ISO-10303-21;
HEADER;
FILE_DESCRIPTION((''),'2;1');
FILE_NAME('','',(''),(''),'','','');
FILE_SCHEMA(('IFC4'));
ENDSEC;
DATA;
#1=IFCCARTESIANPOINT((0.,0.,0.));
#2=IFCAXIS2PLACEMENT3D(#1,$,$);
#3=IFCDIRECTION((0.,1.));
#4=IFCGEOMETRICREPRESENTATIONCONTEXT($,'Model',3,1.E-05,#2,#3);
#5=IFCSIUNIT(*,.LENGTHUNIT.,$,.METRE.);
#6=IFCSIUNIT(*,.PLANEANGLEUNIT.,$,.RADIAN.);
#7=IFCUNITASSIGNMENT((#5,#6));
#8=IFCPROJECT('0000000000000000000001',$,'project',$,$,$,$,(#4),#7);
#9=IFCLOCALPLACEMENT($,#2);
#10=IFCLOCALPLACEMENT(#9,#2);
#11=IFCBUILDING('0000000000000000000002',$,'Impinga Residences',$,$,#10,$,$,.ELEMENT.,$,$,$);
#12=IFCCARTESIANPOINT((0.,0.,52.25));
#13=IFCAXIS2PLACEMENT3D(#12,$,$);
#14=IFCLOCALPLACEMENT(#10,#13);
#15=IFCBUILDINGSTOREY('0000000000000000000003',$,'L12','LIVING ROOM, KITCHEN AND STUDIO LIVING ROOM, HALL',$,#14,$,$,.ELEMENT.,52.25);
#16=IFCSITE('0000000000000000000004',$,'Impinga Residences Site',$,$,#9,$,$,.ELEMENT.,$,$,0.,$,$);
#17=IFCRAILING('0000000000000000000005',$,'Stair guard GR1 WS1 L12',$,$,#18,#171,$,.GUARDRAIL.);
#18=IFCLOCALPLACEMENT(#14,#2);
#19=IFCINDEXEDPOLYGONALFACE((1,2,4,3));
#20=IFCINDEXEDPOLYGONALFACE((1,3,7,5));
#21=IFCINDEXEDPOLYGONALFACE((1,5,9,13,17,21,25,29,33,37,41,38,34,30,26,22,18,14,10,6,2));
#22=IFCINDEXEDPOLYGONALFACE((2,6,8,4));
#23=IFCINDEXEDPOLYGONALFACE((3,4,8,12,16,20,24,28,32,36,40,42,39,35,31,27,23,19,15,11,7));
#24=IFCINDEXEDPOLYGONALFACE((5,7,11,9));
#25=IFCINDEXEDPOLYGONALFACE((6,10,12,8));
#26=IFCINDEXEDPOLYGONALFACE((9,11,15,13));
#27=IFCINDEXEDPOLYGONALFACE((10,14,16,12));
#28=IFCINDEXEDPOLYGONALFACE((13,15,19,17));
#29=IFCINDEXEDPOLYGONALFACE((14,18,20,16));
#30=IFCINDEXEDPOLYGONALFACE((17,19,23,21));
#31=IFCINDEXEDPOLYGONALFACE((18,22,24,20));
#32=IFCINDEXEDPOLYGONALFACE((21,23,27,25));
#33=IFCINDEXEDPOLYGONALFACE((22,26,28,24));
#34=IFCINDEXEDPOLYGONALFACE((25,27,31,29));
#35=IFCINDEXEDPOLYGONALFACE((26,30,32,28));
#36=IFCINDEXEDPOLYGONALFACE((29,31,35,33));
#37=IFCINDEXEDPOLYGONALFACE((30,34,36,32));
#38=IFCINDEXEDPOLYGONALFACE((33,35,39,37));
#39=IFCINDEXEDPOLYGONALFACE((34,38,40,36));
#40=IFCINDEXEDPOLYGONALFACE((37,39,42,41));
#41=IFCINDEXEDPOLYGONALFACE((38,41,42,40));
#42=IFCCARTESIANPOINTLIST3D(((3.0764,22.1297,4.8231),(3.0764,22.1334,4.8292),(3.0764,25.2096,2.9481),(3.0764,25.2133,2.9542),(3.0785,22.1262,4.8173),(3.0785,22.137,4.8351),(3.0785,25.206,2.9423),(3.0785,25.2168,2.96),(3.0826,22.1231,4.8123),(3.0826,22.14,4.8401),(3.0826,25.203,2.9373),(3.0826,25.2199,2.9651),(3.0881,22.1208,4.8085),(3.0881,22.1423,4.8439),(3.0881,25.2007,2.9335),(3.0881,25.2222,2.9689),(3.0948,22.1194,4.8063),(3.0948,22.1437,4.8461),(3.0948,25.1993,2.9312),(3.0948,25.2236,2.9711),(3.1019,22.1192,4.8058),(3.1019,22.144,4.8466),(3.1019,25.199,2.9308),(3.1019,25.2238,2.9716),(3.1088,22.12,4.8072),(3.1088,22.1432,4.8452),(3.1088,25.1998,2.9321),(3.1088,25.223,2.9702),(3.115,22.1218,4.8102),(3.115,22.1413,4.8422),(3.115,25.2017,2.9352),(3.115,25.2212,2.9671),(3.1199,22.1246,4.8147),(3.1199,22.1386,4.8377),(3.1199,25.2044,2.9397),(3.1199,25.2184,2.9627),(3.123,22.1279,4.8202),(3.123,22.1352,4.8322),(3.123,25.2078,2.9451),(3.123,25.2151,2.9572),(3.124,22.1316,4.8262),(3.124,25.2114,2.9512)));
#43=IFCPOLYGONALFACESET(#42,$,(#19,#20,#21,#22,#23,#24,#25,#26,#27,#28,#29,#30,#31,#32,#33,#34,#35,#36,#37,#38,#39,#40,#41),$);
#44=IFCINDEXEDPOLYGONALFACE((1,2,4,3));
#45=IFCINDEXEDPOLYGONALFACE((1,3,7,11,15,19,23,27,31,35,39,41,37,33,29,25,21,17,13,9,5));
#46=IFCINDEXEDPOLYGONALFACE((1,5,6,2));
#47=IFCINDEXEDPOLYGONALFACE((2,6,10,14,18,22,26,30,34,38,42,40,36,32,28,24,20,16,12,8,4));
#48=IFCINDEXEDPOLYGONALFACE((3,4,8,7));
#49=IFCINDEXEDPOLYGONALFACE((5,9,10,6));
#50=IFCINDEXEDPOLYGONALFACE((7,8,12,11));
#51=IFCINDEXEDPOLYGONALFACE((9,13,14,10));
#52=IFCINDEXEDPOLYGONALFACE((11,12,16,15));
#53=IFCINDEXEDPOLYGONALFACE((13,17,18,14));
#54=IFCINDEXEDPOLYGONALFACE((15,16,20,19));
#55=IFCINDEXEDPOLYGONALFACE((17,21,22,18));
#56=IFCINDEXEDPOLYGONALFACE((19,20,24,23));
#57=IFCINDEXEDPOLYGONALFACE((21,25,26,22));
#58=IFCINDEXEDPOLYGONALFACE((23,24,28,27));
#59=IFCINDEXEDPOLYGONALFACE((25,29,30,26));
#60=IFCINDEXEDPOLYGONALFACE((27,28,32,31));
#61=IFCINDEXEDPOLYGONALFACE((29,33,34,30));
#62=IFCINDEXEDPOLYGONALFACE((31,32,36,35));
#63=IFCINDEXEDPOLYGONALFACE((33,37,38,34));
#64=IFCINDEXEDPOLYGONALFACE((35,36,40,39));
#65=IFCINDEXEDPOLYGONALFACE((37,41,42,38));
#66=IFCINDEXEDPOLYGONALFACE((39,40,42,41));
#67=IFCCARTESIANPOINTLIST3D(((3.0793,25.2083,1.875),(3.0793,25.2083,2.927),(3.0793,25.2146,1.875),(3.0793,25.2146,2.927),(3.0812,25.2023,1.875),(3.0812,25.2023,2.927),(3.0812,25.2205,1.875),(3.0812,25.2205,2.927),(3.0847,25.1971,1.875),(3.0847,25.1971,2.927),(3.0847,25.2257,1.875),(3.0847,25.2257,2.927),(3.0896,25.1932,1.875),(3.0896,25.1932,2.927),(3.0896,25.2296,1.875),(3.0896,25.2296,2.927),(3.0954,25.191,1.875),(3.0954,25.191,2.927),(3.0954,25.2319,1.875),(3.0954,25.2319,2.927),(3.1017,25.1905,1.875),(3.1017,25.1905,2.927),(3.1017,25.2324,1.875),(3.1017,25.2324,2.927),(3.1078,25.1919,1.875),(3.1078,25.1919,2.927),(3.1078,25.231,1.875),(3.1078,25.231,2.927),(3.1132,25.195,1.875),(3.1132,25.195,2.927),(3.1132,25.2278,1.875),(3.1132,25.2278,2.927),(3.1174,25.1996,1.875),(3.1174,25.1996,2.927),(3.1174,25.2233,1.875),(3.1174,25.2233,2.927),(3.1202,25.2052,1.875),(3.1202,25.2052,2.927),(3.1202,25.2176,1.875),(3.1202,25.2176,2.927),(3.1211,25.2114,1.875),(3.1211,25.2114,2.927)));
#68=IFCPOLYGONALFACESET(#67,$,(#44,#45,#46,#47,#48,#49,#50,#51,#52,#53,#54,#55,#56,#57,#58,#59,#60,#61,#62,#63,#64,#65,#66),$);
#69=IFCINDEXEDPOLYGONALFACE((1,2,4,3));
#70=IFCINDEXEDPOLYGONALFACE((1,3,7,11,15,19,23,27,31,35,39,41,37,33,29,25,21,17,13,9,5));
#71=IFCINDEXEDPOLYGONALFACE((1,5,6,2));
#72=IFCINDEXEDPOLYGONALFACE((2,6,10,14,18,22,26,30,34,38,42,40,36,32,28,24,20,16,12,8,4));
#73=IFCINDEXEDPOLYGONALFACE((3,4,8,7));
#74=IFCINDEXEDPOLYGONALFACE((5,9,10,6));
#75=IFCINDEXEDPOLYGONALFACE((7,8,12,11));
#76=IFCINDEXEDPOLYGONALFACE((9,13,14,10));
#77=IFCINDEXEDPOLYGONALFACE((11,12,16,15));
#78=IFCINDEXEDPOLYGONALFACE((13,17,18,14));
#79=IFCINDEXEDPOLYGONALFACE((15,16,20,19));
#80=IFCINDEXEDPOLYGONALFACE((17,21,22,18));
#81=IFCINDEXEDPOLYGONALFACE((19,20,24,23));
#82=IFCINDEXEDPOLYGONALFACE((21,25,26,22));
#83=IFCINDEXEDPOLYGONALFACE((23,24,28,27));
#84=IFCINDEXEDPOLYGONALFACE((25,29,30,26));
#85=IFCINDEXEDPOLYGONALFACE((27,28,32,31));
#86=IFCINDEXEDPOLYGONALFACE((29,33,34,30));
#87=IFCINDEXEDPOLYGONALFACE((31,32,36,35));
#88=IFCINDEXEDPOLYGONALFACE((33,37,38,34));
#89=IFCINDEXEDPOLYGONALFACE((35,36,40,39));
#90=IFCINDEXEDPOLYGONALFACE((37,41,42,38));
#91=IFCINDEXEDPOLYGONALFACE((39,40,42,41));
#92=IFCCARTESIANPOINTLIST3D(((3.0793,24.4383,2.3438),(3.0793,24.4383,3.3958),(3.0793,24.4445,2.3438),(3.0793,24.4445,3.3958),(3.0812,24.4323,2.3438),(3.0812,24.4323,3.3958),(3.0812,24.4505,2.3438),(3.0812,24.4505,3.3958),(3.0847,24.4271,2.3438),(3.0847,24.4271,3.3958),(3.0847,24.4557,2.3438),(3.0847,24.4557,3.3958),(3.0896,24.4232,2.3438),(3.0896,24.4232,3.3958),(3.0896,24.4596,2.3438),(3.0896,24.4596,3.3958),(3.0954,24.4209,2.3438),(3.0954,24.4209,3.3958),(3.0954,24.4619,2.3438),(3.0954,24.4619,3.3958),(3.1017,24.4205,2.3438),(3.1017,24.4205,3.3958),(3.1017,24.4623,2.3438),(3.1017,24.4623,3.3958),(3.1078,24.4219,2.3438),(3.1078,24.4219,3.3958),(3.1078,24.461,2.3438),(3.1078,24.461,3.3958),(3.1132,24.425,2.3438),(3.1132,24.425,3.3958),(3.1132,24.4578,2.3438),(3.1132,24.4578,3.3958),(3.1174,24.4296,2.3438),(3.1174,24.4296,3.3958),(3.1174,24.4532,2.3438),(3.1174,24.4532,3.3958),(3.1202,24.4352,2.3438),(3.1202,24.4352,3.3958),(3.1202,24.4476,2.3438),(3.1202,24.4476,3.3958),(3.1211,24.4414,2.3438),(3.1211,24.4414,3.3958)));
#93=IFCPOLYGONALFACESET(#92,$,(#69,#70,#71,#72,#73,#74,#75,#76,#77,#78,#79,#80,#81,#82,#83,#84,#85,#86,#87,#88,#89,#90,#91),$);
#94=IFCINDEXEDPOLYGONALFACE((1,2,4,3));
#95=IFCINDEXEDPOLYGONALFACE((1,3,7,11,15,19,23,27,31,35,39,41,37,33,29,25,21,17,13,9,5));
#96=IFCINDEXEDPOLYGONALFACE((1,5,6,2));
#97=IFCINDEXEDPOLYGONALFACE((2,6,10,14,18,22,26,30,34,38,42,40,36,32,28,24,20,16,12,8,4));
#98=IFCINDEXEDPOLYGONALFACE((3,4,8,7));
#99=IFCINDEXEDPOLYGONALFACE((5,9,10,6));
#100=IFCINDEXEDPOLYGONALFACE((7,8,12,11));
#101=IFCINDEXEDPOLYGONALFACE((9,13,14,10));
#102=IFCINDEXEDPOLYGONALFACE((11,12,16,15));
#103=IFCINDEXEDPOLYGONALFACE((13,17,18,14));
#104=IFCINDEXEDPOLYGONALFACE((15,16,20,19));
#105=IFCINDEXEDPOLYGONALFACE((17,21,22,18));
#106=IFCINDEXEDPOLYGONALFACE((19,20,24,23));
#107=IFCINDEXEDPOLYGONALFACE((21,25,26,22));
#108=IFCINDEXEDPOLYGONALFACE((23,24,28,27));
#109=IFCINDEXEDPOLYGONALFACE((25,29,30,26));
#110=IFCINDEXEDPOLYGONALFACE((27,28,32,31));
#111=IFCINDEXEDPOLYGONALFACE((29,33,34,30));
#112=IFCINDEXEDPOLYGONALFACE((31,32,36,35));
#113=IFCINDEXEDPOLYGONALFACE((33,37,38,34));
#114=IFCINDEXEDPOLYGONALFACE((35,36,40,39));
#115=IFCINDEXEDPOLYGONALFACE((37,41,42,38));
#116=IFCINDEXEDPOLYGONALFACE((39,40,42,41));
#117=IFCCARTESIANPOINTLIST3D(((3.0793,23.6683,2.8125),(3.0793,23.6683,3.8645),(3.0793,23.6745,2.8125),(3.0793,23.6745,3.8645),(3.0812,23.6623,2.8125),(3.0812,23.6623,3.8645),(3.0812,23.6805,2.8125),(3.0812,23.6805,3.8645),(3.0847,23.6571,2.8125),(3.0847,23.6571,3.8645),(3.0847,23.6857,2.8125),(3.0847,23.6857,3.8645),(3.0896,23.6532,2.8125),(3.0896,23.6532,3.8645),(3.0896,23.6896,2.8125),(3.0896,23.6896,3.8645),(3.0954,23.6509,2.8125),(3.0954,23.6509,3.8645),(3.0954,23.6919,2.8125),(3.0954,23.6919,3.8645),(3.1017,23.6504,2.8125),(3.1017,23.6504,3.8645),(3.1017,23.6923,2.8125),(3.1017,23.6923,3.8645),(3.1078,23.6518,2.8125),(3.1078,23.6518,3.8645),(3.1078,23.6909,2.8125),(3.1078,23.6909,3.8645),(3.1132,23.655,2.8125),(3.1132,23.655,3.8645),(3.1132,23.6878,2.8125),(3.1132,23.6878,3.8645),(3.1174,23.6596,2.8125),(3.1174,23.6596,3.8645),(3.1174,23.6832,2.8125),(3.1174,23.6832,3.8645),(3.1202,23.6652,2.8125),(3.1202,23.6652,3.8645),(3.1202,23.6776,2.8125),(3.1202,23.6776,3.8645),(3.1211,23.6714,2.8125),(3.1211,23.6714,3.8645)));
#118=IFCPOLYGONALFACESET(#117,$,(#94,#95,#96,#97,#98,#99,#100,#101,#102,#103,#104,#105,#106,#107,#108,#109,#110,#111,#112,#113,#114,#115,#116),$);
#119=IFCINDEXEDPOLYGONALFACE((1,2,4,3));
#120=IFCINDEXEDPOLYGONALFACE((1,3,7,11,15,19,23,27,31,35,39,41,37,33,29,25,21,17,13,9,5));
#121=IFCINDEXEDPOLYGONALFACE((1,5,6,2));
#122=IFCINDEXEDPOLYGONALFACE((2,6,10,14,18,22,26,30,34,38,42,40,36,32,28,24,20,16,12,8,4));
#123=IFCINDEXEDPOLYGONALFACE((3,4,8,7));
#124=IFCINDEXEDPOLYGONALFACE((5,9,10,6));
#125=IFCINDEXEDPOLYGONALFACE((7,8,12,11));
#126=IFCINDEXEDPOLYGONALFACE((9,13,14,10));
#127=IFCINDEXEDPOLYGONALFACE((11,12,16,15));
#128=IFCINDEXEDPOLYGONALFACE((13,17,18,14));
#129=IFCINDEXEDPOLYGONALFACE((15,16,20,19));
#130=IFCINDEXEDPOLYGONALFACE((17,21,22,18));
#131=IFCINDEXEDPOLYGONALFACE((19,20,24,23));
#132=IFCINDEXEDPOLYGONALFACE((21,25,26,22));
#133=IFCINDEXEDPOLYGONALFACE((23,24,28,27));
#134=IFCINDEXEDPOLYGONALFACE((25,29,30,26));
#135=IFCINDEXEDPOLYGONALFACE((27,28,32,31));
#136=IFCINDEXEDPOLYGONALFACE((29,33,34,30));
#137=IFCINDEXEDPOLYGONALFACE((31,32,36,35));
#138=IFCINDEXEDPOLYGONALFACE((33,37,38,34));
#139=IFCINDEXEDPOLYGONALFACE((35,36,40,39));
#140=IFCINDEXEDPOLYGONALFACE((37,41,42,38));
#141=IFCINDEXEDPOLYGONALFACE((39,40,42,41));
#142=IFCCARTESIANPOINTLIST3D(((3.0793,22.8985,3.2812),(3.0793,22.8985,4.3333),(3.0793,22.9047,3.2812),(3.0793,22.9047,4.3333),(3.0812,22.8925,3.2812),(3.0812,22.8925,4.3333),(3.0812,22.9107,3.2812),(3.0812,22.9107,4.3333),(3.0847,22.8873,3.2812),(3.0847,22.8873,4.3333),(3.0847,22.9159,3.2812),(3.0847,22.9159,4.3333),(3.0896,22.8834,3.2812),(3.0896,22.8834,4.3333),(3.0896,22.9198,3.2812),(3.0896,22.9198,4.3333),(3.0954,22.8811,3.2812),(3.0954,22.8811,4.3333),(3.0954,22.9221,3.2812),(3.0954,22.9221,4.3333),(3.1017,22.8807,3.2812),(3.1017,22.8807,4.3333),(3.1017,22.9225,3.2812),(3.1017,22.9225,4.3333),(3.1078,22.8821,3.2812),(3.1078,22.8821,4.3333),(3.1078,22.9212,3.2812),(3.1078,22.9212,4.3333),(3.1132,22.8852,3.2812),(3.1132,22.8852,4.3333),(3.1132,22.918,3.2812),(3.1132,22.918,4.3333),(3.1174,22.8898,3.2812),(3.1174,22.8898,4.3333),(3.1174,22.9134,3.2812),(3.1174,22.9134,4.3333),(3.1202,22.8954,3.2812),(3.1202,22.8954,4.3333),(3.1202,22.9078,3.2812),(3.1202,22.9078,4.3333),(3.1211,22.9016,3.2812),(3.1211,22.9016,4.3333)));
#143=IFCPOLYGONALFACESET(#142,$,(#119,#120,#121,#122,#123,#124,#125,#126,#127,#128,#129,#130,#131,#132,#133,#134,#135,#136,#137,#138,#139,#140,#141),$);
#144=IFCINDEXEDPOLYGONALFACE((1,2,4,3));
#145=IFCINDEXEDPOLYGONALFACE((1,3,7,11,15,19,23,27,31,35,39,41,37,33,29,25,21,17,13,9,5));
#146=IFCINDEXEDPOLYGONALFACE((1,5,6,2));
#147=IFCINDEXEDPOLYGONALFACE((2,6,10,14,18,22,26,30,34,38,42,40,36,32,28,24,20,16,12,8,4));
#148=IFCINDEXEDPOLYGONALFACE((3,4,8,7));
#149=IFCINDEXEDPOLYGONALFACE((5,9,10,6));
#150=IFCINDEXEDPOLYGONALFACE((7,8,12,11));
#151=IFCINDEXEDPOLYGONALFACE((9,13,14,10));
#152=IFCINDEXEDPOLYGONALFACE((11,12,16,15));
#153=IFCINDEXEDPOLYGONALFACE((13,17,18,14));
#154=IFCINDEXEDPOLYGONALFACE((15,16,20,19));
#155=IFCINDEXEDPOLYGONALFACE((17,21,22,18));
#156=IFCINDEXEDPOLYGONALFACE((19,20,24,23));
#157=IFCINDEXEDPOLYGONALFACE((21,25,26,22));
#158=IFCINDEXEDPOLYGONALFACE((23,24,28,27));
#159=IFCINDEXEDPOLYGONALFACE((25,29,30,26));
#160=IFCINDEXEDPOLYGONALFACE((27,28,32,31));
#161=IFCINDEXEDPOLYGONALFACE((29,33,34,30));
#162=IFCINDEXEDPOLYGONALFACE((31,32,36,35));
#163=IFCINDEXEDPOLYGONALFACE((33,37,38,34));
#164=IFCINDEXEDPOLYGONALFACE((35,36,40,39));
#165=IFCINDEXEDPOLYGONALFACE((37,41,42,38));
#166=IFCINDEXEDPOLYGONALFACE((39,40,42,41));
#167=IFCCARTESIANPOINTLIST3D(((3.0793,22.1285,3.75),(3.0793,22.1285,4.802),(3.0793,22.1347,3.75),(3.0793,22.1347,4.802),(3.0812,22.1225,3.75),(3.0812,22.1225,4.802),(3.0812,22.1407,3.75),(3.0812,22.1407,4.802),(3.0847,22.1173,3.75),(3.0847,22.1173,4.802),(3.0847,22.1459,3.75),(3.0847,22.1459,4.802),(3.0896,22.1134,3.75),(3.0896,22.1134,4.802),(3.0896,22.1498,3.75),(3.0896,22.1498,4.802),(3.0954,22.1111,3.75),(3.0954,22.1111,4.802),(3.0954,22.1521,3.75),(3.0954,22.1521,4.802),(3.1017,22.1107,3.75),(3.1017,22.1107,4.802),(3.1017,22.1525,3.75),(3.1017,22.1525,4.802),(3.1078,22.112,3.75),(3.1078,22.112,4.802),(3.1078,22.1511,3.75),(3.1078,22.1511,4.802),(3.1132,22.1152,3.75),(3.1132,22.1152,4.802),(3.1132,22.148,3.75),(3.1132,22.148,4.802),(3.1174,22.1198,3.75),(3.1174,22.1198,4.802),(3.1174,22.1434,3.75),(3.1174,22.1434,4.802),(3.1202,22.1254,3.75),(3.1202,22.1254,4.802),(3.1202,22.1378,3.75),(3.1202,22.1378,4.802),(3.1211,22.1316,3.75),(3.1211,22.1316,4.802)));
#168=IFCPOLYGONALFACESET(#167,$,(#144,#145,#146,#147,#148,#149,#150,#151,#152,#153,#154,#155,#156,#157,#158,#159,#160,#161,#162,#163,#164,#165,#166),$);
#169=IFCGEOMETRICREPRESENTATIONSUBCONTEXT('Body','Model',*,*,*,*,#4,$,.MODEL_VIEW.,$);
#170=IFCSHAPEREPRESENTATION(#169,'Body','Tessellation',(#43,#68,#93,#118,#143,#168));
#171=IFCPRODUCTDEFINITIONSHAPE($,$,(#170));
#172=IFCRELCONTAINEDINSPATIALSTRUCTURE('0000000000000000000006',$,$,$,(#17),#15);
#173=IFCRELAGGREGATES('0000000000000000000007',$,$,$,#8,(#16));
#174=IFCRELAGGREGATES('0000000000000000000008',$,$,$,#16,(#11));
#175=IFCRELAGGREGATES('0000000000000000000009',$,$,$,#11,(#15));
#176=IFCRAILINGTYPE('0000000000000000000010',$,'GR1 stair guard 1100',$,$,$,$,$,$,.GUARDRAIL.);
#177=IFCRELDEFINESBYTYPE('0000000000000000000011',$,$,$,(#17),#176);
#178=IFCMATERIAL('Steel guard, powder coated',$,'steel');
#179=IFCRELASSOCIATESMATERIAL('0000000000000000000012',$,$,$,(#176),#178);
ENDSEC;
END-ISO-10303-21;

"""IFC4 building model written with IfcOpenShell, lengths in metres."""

from ifc_helpers import new_model, si_unit, direction, frame, origin, origin_2d, place, context, subcontext, project, spatial, circle, extrude, material, type_object, element, save


model = new_model("IFC4")

# Units and contexts
model_context = context("Model", 3, precision=1e-05, world=origin(), true_north=direction((0.0, 1.0)))
body_context = subcontext(model_context, "Body", "Model", "MODEL_VIEW")
ifc_project = project(units=[si_unit("LENGTHUNIT", "METRE"), si_unit("PLANEANGLEUNIT", "RADIAN")], contexts=[model_context])

# Site, building, storey
site_placement = place(None, origin())
site = spatial("IfcSite", under=ifc_project, at=site_placement, Name="Impinga Residences Site", CompositionType="ELEMENT", RefElevation=0.0)
building_placement = place(site_placement, origin())
building = spatial("IfcBuilding", under=site, at=building_placement, Name="Impinga Residences", CompositionType="ELEMENT")
storey_placement = place(building_placement, frame((0.0, 0.0, 52.25)))
storey = spatial("IfcBuildingStorey", under=building, at=storey_placement, Name="L12", Description="LIVING ROOM, KITCHEN AND STUDIO LIVING ROOM, HALL", CompositionType="ELEMENT", Elevation=52.25)

# Railing
ifc_material_1 = material(Name="Steel guard, powder coated", Category="steel")
railing_type_1 = type_object("IfcRailingType", Name="GR1 stair guard 1100", PredefinedType="GUARDRAIL", material=ifc_material_1)
railing_1_placement = place(storey_placement, frame((3.1001, 25.2114, 1.875)))
element("IfcRailing", 1, at=railing_1_placement, inside=storey, type_object=railing_type_1, Name="Stair guard GR1 WS1 L12", PredefinedType="GUARDRAIL", context=body_context, shape_type="SweptSolid", body=[
    extrude(circle(Radius=0.0239, at=origin_2d()), frame((0.0, 0.0, 1.0762), z_axis=(0.0, -0.854159, 0.520011), x_axis=(1.0, 0.0, 0.0)), (0.0, 0.0, 1.0), 3.6057),
    extrude(circle(Radius=0.021, at=origin_2d()), origin(), (0.0, 0.0, 1.0), 1.052),
    extrude(circle(Radius=0.021, at=origin_2d()), frame((0.0, -0.77, 0.4688)), (0.0, 0.0, 1.0), 1.052),
    extrude(circle(Radius=0.021, at=origin_2d()), frame((0.0, -1.54, 0.9375)), (0.0, 0.0, 1.0), 1.052),
    extrude(circle(Radius=0.021, at=origin_2d()), frame((0.0, -2.3098, 1.4062)), (0.0, 0.0, 1.0), 1.052),
    extrude(circle(Radius=0.021, at=origin_2d()), frame((0.0, -3.0798, 1.875)), (0.0, 0.0, 1.0), 1.052),
])

save(model, "model.ifc")
